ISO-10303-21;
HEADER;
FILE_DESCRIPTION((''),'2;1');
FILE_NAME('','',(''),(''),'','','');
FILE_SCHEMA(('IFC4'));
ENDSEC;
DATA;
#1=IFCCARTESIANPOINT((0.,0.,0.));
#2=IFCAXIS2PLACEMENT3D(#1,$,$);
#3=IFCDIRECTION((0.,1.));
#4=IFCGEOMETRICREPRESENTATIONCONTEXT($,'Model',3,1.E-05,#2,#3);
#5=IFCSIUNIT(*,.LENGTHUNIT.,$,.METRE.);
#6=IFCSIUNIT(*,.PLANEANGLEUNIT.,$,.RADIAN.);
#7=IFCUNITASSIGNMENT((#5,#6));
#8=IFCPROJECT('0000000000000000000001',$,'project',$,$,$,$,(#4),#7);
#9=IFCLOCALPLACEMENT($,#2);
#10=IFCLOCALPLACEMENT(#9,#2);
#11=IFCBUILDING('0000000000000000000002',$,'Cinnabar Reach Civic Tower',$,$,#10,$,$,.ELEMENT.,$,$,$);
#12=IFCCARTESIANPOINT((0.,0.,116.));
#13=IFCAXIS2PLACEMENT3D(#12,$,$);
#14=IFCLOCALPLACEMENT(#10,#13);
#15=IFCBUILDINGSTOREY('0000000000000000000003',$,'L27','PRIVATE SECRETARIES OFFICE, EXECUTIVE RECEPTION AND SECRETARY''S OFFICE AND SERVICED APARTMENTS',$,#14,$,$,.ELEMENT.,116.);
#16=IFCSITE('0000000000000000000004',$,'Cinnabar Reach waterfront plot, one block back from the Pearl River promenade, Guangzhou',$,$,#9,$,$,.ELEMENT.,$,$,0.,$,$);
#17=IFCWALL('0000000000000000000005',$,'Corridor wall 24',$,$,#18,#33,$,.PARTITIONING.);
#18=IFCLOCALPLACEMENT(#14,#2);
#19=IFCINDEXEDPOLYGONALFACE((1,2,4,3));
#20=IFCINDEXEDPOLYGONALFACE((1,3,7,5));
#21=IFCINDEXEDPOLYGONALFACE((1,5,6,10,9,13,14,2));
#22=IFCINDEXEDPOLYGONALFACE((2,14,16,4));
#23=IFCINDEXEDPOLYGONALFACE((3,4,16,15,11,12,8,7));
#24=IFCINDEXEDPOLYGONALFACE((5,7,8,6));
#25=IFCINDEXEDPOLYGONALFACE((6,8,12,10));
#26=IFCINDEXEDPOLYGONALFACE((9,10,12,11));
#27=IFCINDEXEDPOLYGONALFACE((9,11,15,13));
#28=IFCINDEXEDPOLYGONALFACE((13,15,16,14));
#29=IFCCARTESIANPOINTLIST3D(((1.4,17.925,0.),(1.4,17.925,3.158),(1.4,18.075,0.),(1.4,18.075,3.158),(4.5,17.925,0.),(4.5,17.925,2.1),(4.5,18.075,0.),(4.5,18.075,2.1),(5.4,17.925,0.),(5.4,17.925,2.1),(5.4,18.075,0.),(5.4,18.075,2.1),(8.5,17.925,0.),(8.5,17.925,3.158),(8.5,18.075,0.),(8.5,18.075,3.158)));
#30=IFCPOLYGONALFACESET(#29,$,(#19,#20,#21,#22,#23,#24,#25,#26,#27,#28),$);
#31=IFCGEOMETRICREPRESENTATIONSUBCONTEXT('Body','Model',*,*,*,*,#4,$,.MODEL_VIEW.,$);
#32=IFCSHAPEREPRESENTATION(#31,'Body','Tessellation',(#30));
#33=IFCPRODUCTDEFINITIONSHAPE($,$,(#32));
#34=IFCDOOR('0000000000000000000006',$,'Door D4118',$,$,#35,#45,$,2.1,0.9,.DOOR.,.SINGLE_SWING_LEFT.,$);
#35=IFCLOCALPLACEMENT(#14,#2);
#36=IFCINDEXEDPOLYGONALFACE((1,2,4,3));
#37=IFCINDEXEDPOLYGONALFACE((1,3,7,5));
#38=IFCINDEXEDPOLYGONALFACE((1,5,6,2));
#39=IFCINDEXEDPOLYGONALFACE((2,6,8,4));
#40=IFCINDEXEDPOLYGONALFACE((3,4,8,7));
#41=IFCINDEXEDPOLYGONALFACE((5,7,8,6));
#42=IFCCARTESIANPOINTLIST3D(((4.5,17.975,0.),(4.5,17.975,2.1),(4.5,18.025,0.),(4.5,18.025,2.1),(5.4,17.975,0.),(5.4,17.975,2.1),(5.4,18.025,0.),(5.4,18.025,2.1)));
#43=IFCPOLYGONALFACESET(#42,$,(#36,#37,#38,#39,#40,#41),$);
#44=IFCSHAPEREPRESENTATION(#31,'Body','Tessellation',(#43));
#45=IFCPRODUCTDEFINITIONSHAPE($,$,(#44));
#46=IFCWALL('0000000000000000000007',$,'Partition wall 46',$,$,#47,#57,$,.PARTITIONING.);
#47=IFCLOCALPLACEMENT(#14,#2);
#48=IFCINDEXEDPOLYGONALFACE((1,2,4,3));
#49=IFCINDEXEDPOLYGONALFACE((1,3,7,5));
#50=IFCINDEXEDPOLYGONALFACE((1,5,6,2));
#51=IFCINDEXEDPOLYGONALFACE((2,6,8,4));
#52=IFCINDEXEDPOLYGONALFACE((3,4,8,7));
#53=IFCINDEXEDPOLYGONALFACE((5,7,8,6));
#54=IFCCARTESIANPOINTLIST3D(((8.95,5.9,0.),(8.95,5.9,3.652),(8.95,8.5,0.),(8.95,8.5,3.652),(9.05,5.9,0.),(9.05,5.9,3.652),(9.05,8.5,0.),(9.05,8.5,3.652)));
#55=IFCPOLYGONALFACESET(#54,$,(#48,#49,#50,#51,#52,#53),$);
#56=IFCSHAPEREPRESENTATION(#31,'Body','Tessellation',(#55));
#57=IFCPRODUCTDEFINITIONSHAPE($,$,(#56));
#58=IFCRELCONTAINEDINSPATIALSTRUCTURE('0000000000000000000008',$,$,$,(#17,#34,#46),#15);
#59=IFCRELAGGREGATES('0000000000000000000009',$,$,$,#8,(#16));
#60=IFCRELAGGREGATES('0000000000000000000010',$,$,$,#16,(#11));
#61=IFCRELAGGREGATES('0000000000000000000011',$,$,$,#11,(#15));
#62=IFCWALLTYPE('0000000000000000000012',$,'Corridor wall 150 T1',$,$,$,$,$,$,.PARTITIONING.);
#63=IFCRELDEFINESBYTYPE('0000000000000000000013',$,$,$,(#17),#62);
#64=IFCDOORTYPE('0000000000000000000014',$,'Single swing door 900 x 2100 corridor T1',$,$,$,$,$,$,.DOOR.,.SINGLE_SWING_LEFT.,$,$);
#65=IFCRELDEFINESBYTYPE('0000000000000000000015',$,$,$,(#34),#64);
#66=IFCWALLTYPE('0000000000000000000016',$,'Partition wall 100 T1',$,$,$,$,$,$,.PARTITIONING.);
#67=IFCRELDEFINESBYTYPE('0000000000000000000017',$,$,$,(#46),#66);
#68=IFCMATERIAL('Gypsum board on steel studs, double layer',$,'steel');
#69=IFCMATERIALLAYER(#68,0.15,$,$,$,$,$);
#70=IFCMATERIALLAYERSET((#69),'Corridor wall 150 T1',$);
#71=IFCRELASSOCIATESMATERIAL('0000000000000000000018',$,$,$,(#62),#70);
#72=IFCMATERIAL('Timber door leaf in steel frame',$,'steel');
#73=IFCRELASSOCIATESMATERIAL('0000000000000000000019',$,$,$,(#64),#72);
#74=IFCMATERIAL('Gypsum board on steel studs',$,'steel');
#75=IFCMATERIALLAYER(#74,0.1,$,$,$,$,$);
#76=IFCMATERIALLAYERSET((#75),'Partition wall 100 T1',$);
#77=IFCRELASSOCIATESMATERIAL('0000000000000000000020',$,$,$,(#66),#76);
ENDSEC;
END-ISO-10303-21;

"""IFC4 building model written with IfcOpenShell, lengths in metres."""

from ifc_helpers import new_model, si_unit, direction, frame, frame_2d, origin, place, context, subcontext, project, spatial, rectangle, extrude, material, layer, layer_set, type_object, element, fill, save


model = new_model("IFC4")

# Units and contexts
model_context = context("Model", 3, precision=1e-05, world=origin(), true_north=direction((0.0, 1.0)))
body_context = subcontext(model_context, "Body", "Model", "MODEL_VIEW")
ifc_project = project(units=[si_unit("LENGTHUNIT", "METRE"), si_unit("PLANEANGLEUNIT", "RADIAN")], contexts=[model_context])

# Site, building, storey
site_placement = place(None, origin())
site = spatial("IfcSite", under=ifc_project, at=site_placement, Name="Cinnabar Reach waterfront plot, one block back from the Pearl River promenade, Guangzhou", CompositionType="ELEMENT", RefElevation=0.0)
building_placement = place(site_placement, origin())
building = spatial("IfcBuilding", under=site, at=building_placement, Name="Cinnabar Reach Civic Tower", CompositionType="ELEMENT")
storey_placement = place(building_placement, frame((0.0, 0.0, 116.0)))
storey = spatial("IfcBuildingStorey", under=building, at=storey_placement, Name="L27", Description="PRIVATE SECRETARIES OFFICE, EXECUTIVE RECEPTION AND SECRETARY'S OFFICE AND SERVICED APARTMENTS", CompositionType="ELEMENT", Elevation=116.0)

# Wall, opening, door
ifc_material_1 = material(Name="Gypsum board on steel studs, double layer", Category="steel")
ifc_layer_1 = layer(ifc_material_1, 0.15)
ifc_layer_set_1 = layer_set([ifc_layer_1], Name="Corridor wall 150 T1")
wall_type_1 = type_object("IfcWallType", Name="Corridor wall 150 T1", PredefinedType="PARTITIONING", material=ifc_layer_set_1)
wall_1_placement = place(storey_placement, frame((1.4, 18.0, 0.0), z_axis=(0.0, 0.0, 1.0), x_axis=(1.0, 0.0, 0.0)))
wall_1 = element("IfcWall", 1, at=wall_1_placement, inside=storey, type_object=wall_type_1, Name="Corridor wall 24", PredefinedType="PARTITIONING", context=body_context, shape_type="SweptSolid", body=[
    extrude(rectangle(XDim=7.1, YDim=0.15, at=frame_2d((3.55, 0.0))), origin(), (0.0, 0.0, 1.0), 3.158),
])
opening_1_placement = place(wall_1_placement, frame((3.1, 0.0, 0.0)))
opening_1 = element("IfcOpeningElement", 2, at=opening_1_placement, cuts=wall_1, PredefinedType="OPENING", context=body_context, shape_type="SweptSolid", body=[
    extrude(rectangle(XDim=0.9, YDim=2.1, at=frame_2d((0.45, 1.05))), frame((0.0, 0.085, 0.0), z_axis=(0.0, -1.0, 0.0), x_axis=(1.0, 0.0, 0.0)), (0.0, 0.0, 1.0), 0.17),
])
ifc_material_2 = material(Name="Timber door leaf in steel frame", Category="steel")
door_type = type_object("IfcDoorType", Name="Single swing door 900 x 2100 corridor T1", OperationType="SINGLE_SWING_LEFT", PredefinedType="DOOR", material=ifc_material_2)
door_placement = place(opening_1_placement, frame((0.9, 0.0, 0.0), z_axis=(0.0, 0.0, 1.0), x_axis=(-1.0, 0.0, 0.0)))
door = element("IfcDoor", 3, at=door_placement, inside=storey, type_object=door_type, Name="Door D4118", OperationType="SINGLE_SWING_LEFT", OverallHeight=2.1, OverallWidth=0.9, PredefinedType="DOOR", context=body_context, shape_type="SweptSolid", body=[
    extrude(rectangle(XDim=0.9, YDim=2.1, at=frame_2d((0.45, 1.05))), frame((0.0, 0.025, 0.0), z_axis=(0.0, -1.0, 0.0), x_axis=(1.0, 0.0, 0.0)), (0.0, 0.0, 1.0), 0.05),
])
fill(opening_1, door)

# Wall
ifc_material_3 = material(Name="Gypsum board on steel studs", Category="steel")
ifc_layer_2 = layer(ifc_material_3, 0.1)
ifc_layer_set_2 = layer_set([ifc_layer_2], Name="Partition wall 100 T1")
wall_type_2 = type_object("IfcWallType", Name="Partition wall 100 T1", PredefinedType="PARTITIONING", material=ifc_layer_set_2)
wall_2_placement = place(storey_placement, frame((9.0, 5.9, 0.0), z_axis=(0.0, 0.0, 1.0), x_axis=(0.0, 1.0, 0.0)))
element("IfcWall", 4, at=wall_2_placement, inside=storey, type_object=wall_type_2, Name="Partition wall 46", PredefinedType="PARTITIONING", context=body_context, shape_type="SweptSolid", body=[
    extrude(rectangle(XDim=2.6, YDim=0.1, at=frame_2d((1.3, 0.0))), origin(), (0.0, 0.0, 1.0), 3.652),
])

save(model, "model.ifc")
